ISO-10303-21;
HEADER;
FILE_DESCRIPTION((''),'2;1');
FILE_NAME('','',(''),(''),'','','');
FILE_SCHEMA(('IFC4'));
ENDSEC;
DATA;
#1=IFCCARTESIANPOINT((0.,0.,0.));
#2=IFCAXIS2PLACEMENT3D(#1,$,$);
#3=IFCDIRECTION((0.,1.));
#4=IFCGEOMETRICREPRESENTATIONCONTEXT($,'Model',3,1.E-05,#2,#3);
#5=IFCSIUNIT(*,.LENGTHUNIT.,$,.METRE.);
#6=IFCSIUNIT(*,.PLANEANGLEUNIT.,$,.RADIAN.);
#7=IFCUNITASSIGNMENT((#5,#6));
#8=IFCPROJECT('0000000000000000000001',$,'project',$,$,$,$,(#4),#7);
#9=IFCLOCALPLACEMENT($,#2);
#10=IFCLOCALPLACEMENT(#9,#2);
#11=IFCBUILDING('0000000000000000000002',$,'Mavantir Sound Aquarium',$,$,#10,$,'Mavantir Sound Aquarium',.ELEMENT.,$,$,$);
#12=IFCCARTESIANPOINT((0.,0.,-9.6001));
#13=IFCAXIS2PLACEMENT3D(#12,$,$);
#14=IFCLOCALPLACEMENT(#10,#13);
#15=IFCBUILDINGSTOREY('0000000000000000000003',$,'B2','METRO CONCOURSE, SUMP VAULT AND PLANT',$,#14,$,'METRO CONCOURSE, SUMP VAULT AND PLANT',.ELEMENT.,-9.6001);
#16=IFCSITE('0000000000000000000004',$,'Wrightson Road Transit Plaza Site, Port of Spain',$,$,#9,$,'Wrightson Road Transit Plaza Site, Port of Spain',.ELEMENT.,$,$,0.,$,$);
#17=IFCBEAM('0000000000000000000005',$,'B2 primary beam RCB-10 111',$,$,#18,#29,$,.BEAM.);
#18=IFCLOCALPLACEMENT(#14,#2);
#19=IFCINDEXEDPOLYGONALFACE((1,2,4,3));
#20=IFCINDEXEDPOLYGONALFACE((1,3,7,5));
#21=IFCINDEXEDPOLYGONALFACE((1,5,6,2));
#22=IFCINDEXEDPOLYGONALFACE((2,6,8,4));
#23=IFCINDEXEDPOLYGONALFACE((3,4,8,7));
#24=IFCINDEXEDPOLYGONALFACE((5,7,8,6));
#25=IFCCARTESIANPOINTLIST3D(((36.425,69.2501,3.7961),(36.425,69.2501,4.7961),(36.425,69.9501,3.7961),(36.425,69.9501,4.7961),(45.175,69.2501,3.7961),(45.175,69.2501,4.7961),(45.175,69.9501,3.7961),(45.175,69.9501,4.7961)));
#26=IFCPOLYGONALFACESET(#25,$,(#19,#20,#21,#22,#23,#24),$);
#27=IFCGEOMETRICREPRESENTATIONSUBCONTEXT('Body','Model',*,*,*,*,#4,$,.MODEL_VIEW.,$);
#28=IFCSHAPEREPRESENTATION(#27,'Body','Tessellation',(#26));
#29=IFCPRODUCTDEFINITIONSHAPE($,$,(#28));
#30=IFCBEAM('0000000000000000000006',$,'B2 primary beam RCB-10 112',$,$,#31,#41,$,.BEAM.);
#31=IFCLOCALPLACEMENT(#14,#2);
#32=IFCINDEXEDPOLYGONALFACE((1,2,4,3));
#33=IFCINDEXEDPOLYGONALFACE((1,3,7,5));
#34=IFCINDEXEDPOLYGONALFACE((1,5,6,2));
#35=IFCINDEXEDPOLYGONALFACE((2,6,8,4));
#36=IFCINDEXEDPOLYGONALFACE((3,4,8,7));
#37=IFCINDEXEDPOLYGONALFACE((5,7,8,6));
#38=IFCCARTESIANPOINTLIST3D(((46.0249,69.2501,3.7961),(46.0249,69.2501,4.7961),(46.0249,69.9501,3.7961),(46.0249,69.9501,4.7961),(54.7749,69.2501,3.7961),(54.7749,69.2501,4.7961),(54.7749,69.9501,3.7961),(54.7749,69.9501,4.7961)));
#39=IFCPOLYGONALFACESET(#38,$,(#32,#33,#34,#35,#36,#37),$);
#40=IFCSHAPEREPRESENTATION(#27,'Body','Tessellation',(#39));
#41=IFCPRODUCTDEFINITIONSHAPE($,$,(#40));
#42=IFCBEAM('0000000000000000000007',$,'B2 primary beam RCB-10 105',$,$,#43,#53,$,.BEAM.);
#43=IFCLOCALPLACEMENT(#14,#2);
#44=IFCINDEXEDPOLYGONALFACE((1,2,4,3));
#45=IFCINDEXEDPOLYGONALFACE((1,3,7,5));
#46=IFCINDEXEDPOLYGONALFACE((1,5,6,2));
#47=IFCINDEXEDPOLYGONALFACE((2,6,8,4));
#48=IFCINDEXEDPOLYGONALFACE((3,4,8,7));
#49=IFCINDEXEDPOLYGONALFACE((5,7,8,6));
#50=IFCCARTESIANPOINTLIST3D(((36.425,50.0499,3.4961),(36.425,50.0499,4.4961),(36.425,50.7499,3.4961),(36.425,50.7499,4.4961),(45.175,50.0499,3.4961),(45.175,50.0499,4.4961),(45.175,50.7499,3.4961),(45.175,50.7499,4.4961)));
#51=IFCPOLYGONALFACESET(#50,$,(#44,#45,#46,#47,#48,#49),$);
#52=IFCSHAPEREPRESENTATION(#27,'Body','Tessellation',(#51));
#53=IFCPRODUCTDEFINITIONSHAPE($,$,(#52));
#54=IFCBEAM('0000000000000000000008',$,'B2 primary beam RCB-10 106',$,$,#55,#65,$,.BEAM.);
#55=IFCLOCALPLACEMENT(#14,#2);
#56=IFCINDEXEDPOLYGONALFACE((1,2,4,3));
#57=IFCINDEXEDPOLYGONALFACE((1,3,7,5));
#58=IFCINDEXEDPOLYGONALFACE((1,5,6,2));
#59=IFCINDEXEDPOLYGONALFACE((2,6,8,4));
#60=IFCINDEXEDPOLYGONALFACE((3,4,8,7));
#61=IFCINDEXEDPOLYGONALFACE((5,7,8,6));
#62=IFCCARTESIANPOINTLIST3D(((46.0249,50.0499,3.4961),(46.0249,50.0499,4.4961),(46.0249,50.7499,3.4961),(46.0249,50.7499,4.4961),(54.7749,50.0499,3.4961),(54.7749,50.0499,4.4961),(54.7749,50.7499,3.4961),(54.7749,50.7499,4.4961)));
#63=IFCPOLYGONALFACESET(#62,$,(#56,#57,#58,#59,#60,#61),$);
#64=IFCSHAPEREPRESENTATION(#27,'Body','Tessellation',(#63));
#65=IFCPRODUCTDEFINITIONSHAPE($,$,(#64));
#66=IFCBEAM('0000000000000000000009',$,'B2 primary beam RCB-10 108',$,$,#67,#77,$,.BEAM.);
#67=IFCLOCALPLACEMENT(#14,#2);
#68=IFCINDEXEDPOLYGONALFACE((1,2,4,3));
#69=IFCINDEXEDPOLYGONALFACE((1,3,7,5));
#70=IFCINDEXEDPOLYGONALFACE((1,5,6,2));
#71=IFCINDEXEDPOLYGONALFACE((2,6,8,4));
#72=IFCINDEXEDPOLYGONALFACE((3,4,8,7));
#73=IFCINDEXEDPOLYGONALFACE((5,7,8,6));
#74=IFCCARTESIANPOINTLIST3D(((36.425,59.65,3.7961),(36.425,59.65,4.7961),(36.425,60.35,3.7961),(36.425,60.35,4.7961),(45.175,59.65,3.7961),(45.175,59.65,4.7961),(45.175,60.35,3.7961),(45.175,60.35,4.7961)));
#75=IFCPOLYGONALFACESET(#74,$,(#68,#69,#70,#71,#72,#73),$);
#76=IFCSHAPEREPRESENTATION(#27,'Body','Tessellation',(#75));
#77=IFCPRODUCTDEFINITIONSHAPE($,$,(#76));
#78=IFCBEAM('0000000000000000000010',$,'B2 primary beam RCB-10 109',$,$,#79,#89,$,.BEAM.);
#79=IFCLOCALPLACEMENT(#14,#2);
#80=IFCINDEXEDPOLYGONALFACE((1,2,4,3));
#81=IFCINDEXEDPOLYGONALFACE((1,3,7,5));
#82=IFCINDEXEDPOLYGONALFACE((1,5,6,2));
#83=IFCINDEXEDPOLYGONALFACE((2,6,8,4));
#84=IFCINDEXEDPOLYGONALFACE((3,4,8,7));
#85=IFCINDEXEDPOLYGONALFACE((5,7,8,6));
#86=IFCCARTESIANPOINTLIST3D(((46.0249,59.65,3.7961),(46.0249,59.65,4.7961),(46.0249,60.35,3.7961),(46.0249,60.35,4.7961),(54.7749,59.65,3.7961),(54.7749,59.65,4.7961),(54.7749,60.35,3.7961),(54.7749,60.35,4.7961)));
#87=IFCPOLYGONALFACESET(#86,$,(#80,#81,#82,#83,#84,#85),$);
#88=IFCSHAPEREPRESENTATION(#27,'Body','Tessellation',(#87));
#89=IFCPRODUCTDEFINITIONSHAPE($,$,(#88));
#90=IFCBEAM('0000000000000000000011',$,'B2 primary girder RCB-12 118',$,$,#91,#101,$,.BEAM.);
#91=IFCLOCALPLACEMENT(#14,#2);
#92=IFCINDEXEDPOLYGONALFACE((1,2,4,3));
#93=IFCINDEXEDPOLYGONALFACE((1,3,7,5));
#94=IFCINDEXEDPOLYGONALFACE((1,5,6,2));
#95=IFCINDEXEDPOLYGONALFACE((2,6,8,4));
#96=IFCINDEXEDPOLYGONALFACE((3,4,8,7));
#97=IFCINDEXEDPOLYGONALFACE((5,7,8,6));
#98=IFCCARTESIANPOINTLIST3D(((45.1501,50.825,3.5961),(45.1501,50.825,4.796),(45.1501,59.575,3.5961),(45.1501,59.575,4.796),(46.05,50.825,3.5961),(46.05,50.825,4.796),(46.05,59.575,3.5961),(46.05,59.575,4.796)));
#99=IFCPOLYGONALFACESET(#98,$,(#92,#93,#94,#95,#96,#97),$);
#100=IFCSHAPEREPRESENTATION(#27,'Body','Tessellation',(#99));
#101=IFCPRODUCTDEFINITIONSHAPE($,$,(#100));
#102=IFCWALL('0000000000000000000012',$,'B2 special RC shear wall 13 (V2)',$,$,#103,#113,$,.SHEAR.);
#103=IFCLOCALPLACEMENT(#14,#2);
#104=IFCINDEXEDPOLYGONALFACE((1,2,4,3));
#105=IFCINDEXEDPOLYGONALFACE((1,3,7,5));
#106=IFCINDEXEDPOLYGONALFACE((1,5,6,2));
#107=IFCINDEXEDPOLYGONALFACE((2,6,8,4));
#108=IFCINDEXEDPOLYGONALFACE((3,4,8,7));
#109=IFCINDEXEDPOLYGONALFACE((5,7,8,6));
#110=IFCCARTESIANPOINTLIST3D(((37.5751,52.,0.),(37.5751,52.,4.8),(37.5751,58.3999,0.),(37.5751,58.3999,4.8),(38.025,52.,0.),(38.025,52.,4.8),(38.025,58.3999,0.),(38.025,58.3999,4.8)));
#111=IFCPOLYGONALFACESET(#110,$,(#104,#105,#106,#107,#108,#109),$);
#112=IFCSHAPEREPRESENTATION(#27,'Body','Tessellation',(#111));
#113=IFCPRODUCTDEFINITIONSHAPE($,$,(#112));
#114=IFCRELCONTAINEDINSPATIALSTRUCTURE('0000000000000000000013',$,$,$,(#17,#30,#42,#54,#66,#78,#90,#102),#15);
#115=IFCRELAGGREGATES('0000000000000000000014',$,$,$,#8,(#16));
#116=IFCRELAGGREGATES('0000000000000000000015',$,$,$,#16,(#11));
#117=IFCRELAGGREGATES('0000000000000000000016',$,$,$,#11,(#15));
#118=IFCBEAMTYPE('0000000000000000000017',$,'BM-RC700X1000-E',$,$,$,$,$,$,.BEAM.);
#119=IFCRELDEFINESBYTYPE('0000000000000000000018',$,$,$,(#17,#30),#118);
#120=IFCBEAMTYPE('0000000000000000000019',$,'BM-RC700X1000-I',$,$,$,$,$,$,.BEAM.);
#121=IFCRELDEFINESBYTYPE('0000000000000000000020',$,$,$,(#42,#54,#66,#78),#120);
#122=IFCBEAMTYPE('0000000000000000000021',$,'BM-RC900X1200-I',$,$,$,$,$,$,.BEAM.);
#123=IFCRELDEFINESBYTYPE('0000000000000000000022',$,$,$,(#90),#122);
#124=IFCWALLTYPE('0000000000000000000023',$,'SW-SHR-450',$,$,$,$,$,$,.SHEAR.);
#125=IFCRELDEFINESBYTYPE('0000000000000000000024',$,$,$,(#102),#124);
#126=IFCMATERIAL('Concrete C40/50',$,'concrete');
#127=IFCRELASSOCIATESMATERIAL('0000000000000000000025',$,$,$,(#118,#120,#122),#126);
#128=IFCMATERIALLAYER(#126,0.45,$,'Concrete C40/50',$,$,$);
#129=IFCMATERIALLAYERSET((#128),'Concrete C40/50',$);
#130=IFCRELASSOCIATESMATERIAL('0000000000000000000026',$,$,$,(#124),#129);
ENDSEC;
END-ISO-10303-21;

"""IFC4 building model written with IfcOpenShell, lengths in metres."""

from ifc_helpers import new_model, si_unit, direction, frame, frame_2d, origin, origin_2d, place, context, subcontext, project, spatial, rectangle, extrude, material, layer, layer_set, material_profile, profile_set, type_object, element, save


model = new_model("IFC4")

# Units and contexts
model_context = context("Model", 3, precision=1e-05, world=origin(), true_north=direction((0.0, 1.0)))
body_context = subcontext(model_context, "Body", "Model", "MODEL_VIEW")
ifc_project = project(units=[si_unit("LENGTHUNIT", "METRE"), si_unit("PLANEANGLEUNIT", "RADIAN")], contexts=[model_context])

# Site, building, storey
site_placement = place(None, origin())
site = spatial("IfcSite", under=ifc_project, at=site_placement, Name="Wrightson Road Transit Plaza Site, Port of Spain", LongName="Wrightson Road Transit Plaza Site, Port of Spain", CompositionType="ELEMENT", RefElevation=0.0)
building_placement = place(site_placement, origin())
building = spatial("IfcBuilding", under=site, at=building_placement, Name="Mavantir Sound Aquarium", LongName="Mavantir Sound Aquarium", CompositionType="ELEMENT")
storey_placement = place(building_placement, frame((0.0, 0.0, -9.6001)))
storey = spatial("IfcBuildingStorey", under=building, at=storey_placement, Name="B2", Description="METRO CONCOURSE, SUMP VAULT AND PLANT", LongName="METRO CONCOURSE, SUMP VAULT AND PLANT", CompositionType="ELEMENT", Elevation=-9.6001)

# Shared definitions
ifc_material_1 = material(Name="Concrete C40/50", Category="concrete")

# Beams
ifc_material_profile_1 = material_profile(ifc_material_1, rectangle(XDim=0.7, YDim=1.0, at=origin_2d()), Name="RC 700X1000")
ifc_profile_set_1 = profile_set([ifc_material_profile_1], Name="Concrete C40/50")
beam_type_1 = type_object("IfcBeamType", Name="BM-RC700X1000-E", PredefinedType="BEAM", material=ifc_profile_set_1)
for number, where, z_axis, x_axis, name in (
    (1, (36.425, 69.6001, 4.2961), (1.0, 0.0, 0.0), (0.0, 1.0, 0.0), "B2 primary beam RCB-10 111"),
    (2, (46.0249, 69.6001, 4.2961), (1.0, 0.0, 0.0), (0.0, 1.0, 0.0), "B2 primary beam RCB-10 112"),
):
    element("IfcBeam", number, at=place(storey_placement, frame(where, z_axis=z_axis, x_axis=x_axis)), inside=storey, type_object=beam_type_1, Name=name, PredefinedType="BEAM", context=body_context, shape_type="SweptSolid", body=[
        extrude(rectangle(XDim=0.7, YDim=1.0, at=origin_2d()), origin(), (0.0, 0.0, 1.0), 8.75),
    ])
ifc_material_profile_2 = material_profile(ifc_material_1, rectangle(XDim=0.7, YDim=1.0, at=origin_2d()), Name="RC 700X1000")
ifc_profile_set_2 = profile_set([ifc_material_profile_2], Name="Concrete C40/50")
beam_type_2 = type_object("IfcBeamType", Name="BM-RC700X1000-I", PredefinedType="BEAM", material=ifc_profile_set_2)
for number, where, z_axis, x_axis, name in (
    (3, (36.425, 50.3999, 3.9961), (1.0, 0.0, 0.0), (0.0, 1.0, 0.0), "B2 primary beam RCB-10 105"),
    (4, (46.0249, 50.3999, 3.9961), (1.0, 0.0, 0.0), (0.0, 1.0, 0.0), "B2 primary beam RCB-10 106"),
    (5, (36.425, 60.0, 4.2961), (1.0, 0.0, 0.0), (0.0, 1.0, 0.0), "B2 primary beam RCB-10 108"),
    (6, (46.0249, 60.0, 4.2961), (1.0, 0.0, 0.0), (0.0, 1.0, 0.0), "B2 primary beam RCB-10 109"),
):
    element("IfcBeam", number, at=place(storey_placement, frame(where, z_axis=z_axis, x_axis=x_axis)), inside=storey, type_object=beam_type_2, Name=name, PredefinedType="BEAM", context=body_context, shape_type="SweptSolid", body=[
        extrude(rectangle(XDim=0.7, YDim=1.0, at=origin_2d()), origin(), (0.0, 0.0, 1.0), 8.75),
    ])
ifc_material_profile_3 = material_profile(ifc_material_1, rectangle(XDim=0.8999, YDim=1.2, at=origin_2d()), Name="RC 900X1200")
ifc_profile_set_3 = profile_set([ifc_material_profile_3], Name="Concrete C40/50")
beam_type_3 = type_object("IfcBeamType", Name="BM-RC900X1200-I", PredefinedType="BEAM", material=ifc_profile_set_3)
beam_1_placement = place(storey_placement, frame((45.6001, 50.825, 4.196), z_axis=(0.0, 1.0, 0.0), x_axis=(-1.0, 0.0, 0.0)))
element("IfcBeam", 7, at=beam_1_placement, inside=storey, type_object=beam_type_3, Name="B2 primary girder RCB-12 118", PredefinedType="BEAM", context=body_context, shape_type="SweptSolid", body=[
    extrude(rectangle(XDim=0.8999, YDim=1.2, at=origin_2d()), origin(), (0.0, 0.0, 1.0), 8.75),
])

# Wall
ifc_layer = layer(ifc_material_1, 0.45, Name="Concrete C40/50")
ifc_layer_set = layer_set([ifc_layer], Name="Concrete C40/50")
wall_type = type_object("IfcWallType", Name="SW-SHR-450", PredefinedType="SHEAR", material=ifc_layer_set)
wall_placement = place(storey_placement, frame((37.8, 52.0, 0.0), z_axis=(0.0, 0.0, 1.0), x_axis=(0.0, 1.0, 0.0)))
element("IfcWall", 8, at=wall_placement, inside=storey, type_object=wall_type, Name="B2 special RC shear wall 13 (V2)", PredefinedType="SHEAR", context=body_context, shape_type="SweptSolid", body=[
    extrude(rectangle(XDim=6.3999, YDim=0.45, at=frame_2d((3.2, 0.0))), origin(), (0.0, 0.0, 1.0), 4.8),
])

save(model, "model.ifc")
